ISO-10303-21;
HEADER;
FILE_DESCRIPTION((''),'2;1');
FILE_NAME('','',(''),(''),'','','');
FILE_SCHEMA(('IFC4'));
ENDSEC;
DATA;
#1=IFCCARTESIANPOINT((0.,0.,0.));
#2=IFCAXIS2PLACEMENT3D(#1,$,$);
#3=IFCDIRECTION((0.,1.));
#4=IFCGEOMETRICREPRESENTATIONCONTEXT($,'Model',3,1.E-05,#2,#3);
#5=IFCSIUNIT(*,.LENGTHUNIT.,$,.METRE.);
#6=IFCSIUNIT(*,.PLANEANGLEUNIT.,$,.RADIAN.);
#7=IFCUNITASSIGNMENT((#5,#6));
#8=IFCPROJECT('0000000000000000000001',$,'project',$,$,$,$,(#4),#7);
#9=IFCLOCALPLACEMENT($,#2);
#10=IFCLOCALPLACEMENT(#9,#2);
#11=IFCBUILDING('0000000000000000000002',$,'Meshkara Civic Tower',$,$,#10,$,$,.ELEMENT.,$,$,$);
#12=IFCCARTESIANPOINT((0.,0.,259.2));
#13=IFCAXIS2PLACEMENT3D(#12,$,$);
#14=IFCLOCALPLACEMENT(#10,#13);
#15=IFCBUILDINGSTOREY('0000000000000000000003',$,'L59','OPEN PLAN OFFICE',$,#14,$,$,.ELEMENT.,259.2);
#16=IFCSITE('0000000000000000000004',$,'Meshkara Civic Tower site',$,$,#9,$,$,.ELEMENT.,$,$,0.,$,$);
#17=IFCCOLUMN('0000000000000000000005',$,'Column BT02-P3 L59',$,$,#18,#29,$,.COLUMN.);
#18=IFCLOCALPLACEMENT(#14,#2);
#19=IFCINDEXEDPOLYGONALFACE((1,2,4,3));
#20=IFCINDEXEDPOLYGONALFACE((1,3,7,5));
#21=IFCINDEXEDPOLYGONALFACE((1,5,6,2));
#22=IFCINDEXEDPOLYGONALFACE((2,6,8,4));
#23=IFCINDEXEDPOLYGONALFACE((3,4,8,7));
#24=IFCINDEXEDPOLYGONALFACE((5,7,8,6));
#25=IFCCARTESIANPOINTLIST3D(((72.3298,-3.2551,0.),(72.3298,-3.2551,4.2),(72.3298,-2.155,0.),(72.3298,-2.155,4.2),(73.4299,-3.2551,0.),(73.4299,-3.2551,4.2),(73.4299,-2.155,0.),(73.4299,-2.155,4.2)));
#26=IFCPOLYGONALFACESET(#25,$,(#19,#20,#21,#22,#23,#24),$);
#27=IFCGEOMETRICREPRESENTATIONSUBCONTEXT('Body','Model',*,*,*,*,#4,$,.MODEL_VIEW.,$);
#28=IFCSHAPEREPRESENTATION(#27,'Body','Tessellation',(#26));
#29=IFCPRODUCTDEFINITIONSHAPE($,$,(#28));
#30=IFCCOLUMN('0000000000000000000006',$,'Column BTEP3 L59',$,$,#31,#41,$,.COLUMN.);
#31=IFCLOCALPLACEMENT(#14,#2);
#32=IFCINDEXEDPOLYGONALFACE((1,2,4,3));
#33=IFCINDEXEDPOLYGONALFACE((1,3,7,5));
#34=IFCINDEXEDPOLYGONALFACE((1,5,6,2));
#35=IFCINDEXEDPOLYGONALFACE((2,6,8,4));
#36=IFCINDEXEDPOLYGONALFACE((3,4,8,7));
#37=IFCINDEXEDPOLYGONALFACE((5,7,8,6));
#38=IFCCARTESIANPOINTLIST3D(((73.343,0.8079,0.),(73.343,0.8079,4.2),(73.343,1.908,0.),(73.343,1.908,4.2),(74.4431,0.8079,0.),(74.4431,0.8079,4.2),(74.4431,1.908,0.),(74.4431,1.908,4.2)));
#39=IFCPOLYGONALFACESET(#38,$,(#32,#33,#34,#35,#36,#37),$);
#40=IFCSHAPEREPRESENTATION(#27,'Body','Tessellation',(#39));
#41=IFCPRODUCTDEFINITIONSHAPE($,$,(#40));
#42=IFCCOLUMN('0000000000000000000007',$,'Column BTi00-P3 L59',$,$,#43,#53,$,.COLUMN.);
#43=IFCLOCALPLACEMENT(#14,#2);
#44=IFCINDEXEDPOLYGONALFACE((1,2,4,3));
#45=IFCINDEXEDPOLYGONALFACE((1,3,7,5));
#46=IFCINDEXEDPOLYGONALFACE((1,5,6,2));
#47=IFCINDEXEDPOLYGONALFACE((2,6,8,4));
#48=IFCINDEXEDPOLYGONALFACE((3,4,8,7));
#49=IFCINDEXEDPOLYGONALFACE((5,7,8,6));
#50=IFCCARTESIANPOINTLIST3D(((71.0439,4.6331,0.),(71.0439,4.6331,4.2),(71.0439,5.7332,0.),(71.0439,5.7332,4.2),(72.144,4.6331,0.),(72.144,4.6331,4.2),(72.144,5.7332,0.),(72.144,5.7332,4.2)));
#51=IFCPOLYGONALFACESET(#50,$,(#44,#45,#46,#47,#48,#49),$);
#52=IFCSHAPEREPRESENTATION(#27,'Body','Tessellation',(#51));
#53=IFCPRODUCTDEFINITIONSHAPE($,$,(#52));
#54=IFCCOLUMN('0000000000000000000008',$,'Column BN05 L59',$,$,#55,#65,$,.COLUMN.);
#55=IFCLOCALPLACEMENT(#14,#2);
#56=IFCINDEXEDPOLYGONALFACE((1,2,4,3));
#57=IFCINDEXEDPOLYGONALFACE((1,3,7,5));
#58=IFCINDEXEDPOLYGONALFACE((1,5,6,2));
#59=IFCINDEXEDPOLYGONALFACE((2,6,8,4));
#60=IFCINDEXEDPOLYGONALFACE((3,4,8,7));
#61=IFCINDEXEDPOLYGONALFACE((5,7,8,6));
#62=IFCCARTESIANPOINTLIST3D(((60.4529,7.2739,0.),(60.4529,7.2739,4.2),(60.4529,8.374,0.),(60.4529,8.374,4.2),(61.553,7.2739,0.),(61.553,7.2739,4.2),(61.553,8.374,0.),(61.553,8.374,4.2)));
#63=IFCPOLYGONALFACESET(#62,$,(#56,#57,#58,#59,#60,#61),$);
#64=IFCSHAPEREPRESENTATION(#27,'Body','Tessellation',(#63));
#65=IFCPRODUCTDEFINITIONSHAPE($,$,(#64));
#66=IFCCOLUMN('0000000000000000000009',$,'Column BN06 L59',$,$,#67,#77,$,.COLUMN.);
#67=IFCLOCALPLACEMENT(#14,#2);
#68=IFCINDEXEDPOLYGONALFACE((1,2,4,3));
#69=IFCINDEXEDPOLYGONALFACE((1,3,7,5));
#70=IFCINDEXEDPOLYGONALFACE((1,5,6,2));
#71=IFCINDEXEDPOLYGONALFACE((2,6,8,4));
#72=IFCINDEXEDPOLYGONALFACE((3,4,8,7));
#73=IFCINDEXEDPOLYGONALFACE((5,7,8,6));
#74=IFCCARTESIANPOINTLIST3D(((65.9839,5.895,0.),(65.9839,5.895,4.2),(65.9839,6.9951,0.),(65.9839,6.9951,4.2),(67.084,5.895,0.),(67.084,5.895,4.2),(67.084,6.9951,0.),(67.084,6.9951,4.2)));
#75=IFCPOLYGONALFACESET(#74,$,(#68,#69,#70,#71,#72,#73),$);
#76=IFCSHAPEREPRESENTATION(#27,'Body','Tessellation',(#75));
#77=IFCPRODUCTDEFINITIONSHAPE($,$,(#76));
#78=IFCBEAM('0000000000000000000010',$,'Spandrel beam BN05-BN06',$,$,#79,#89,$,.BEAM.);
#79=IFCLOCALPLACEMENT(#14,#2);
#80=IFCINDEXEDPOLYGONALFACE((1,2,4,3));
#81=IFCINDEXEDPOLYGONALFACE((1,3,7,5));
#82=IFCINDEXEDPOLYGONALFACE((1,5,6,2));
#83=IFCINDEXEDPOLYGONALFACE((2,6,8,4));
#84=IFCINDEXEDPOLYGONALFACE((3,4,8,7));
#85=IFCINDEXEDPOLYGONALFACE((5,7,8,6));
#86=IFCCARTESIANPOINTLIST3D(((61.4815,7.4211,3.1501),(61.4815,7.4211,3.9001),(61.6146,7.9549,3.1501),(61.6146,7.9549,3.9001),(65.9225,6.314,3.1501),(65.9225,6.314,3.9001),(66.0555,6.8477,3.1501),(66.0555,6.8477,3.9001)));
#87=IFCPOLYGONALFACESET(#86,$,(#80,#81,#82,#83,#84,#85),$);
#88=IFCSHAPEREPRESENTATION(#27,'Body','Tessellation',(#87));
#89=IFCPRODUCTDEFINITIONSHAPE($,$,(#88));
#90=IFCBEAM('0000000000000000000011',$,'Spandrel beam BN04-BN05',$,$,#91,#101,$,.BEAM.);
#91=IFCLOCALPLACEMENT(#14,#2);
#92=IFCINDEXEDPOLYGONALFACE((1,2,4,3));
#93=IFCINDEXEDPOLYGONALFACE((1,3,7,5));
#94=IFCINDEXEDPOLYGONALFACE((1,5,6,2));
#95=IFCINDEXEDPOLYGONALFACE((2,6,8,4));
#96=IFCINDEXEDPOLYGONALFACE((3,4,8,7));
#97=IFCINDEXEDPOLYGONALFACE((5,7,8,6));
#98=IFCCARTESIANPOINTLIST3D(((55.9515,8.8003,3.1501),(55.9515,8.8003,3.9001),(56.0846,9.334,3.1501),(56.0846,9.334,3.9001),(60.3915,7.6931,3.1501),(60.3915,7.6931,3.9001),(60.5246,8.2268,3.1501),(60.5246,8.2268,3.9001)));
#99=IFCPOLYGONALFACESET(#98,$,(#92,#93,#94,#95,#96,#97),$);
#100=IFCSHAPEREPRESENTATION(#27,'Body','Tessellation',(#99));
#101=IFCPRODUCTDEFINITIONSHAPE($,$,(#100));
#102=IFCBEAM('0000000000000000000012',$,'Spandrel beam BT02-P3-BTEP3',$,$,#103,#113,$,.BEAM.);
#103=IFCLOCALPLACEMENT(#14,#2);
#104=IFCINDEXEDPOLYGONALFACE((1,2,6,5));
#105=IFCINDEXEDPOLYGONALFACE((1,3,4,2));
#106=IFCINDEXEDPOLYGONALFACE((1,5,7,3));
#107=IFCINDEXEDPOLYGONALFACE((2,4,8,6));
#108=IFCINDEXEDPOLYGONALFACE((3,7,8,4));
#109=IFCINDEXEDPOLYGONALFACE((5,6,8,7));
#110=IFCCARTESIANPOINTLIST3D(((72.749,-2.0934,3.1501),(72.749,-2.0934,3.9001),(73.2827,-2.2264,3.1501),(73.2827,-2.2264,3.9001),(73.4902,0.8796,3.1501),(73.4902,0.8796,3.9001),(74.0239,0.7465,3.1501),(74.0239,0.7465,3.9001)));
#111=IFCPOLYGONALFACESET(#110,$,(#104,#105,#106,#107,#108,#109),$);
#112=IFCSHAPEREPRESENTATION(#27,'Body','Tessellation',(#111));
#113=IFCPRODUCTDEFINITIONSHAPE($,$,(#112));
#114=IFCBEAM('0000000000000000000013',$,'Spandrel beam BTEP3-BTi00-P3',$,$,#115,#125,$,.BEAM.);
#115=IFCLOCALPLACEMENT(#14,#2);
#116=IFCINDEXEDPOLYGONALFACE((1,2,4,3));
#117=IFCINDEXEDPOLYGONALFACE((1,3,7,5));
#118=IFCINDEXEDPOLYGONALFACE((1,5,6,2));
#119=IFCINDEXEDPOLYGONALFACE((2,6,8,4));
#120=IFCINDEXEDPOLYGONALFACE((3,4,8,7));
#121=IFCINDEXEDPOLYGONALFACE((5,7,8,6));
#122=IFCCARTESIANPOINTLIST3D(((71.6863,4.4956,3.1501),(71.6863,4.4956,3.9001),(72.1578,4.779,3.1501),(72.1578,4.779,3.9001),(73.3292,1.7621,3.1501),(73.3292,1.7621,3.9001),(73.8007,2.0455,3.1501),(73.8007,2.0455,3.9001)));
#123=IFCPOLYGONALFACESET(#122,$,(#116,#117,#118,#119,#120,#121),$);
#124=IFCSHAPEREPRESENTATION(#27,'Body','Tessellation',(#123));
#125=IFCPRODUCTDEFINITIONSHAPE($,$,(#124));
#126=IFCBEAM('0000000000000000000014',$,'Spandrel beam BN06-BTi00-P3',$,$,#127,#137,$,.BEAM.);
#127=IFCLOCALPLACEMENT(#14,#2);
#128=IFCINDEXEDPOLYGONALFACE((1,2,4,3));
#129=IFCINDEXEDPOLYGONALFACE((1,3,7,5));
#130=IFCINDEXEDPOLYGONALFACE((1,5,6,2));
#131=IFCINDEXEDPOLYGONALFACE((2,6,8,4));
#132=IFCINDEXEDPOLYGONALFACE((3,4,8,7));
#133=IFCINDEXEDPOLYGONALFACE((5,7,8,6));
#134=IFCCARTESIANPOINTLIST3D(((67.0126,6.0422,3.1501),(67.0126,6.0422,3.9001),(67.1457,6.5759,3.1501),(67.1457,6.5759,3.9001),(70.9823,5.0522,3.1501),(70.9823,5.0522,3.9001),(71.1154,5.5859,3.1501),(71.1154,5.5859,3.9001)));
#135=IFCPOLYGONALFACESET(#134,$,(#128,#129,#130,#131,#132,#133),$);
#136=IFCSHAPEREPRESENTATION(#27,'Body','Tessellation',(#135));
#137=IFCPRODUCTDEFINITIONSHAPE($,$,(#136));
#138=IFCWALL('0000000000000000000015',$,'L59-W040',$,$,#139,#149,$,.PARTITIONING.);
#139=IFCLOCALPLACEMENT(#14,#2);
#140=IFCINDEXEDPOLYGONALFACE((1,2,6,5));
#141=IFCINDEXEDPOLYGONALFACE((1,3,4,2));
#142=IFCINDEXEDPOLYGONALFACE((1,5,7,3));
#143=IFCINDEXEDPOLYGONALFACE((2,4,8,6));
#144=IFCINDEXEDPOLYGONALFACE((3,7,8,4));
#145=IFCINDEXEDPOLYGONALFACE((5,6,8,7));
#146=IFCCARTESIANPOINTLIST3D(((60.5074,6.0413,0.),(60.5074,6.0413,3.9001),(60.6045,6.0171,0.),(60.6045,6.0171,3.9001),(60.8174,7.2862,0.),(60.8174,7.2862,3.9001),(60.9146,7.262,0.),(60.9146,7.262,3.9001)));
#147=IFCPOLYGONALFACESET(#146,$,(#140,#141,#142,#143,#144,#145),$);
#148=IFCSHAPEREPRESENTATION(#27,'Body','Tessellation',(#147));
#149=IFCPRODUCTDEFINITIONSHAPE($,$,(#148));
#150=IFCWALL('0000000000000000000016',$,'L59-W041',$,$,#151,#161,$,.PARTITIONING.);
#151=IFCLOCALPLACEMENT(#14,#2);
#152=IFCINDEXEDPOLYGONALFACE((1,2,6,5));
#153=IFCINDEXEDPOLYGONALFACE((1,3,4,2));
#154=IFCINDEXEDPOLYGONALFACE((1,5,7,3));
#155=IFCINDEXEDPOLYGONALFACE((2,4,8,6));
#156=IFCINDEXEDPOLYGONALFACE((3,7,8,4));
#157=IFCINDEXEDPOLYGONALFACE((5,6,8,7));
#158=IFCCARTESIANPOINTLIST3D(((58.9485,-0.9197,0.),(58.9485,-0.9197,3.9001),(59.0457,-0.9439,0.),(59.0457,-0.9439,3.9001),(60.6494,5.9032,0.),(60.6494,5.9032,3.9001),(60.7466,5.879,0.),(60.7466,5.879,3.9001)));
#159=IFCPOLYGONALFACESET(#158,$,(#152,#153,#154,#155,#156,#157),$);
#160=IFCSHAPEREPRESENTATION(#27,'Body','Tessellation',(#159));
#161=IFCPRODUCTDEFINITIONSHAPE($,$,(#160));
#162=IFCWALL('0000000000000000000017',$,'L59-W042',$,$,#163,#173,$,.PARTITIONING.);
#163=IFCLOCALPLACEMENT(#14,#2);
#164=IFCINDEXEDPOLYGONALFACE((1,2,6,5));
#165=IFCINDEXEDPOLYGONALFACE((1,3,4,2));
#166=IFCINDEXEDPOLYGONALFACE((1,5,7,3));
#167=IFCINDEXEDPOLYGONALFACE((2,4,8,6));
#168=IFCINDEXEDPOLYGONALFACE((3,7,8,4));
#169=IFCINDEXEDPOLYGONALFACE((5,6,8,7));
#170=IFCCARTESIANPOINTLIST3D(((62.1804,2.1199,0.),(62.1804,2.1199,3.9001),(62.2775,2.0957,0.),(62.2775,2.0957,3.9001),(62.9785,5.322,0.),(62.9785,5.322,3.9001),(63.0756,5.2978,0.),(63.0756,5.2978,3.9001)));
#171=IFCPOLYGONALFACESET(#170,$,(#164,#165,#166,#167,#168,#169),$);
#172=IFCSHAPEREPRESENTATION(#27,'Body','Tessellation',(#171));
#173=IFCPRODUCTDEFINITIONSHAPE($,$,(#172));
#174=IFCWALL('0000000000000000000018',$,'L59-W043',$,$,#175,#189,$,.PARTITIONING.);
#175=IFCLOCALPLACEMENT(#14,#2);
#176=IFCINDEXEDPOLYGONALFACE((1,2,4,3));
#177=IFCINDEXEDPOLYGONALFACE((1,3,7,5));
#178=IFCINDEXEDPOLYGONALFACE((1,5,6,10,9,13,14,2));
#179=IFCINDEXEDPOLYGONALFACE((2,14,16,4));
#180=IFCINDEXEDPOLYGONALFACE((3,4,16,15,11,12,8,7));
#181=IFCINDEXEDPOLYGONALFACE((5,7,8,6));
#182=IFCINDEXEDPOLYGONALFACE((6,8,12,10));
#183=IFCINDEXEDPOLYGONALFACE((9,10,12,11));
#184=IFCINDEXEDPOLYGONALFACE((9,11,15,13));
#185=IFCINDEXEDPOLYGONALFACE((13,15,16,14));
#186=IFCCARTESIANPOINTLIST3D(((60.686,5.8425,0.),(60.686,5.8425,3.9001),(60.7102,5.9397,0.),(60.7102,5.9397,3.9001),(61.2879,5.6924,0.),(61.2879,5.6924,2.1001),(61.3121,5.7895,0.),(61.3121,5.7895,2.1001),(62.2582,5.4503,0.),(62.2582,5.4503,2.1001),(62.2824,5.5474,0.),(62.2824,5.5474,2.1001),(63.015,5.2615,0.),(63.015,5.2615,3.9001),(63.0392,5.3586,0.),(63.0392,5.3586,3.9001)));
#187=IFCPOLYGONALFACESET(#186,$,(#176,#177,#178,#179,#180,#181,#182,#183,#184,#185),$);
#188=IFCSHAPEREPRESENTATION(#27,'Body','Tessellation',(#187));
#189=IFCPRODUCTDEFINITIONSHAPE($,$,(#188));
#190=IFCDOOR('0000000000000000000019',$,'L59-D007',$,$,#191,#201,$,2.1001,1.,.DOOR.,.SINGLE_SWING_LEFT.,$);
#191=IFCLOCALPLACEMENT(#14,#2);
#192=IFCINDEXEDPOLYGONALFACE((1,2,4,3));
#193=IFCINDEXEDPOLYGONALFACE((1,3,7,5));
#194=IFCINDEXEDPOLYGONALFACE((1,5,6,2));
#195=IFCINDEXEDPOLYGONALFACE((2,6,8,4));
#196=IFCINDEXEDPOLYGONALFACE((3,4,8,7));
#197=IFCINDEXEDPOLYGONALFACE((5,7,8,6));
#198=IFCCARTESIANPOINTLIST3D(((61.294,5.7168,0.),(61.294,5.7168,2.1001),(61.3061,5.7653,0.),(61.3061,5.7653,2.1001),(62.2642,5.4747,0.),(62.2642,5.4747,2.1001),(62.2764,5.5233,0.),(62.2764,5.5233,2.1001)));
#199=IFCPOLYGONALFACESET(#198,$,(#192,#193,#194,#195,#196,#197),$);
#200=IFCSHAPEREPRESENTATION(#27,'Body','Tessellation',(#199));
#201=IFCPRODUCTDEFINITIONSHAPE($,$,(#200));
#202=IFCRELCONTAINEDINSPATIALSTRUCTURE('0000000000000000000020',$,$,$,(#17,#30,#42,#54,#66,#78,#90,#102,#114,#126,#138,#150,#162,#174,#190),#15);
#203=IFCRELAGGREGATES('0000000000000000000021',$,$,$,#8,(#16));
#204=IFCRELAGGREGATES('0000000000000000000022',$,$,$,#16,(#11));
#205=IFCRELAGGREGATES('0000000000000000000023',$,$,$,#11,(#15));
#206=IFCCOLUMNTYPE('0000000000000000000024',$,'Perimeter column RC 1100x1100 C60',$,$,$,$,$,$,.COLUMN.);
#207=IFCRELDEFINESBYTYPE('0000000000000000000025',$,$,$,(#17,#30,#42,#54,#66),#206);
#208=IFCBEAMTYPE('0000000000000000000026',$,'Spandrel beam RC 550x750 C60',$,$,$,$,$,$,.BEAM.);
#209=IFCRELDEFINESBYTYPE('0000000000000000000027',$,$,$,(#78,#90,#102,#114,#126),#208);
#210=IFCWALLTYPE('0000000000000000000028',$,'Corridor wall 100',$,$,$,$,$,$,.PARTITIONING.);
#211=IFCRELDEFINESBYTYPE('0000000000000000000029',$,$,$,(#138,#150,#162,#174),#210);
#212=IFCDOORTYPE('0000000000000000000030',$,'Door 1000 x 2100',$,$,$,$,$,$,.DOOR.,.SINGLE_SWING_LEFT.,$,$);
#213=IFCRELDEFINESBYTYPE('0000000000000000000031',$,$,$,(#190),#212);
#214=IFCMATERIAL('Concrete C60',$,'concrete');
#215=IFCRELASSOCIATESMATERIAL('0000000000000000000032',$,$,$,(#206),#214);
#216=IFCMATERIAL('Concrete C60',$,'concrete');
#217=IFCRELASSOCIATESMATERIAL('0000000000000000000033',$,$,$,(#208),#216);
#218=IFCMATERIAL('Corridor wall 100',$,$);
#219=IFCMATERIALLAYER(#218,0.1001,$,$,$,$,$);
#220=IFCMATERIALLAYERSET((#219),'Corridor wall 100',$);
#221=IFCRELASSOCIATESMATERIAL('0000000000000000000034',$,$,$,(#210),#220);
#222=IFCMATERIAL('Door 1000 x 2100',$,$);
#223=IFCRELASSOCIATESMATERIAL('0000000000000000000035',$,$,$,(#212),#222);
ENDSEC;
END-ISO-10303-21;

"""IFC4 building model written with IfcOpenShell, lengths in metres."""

from ifc_helpers import new_model, si_unit, direction, frame, frame_2d, origin, origin_2d, place, context, subcontext, project, spatial, rectangle, extrude, material, layer, layer_set, material_profile, profile_set, type_object, element, fill, save


model = new_model("IFC4")

# Units and contexts
model_context = context("Model", 3, precision=1e-05, world=origin(), true_north=direction((0.0, 1.0)))
body_context = subcontext(model_context, "Body", "Model", "MODEL_VIEW")
ifc_project = project(units=[si_unit("LENGTHUNIT", "METRE"), si_unit("PLANEANGLEUNIT", "RADIAN")], contexts=[model_context])

# Site, building, storey
site_placement = place(None, origin())
site = spatial("IfcSite", under=ifc_project, at=site_placement, Name="Meshkara Civic Tower site", CompositionType="ELEMENT", RefElevation=0.0)
building_placement = place(site_placement, origin())
building = spatial("IfcBuilding", under=site, at=building_placement, Name="Meshkara Civic Tower", CompositionType="ELEMENT")
storey_placement = place(building_placement, frame((0.0, 0.0, 259.2)))
storey = spatial("IfcBuildingStorey", under=building, at=storey_placement, Name="L59", Description="OPEN PLAN OFFICE", CompositionType="ELEMENT", Elevation=259.2)

# Columns
ifc_material_1 = material(Name="Concrete C60", Category="concrete")
ifc_material_profile_1 = material_profile(ifc_material_1, rectangle(XDim=1.1001, YDim=1.1001, at=origin_2d()))
ifc_profile_set_1 = profile_set([ifc_material_profile_1], Name="Concrete C60")
column_type = type_object("IfcColumnType", Name="Perimeter column RC 1100x1100 C60", PredefinedType="COLUMN", material=ifc_profile_set_1)
for number, where, z_axis, x_axis, name in (
    (1, (72.8799, -2.7051, 0.0), (0.0, 0.0, 1.0), (1.0, 0.0, 0.0), "Column BT02-P3 L59"),
    (2, (73.8931, 1.3579, 0.0), (0.0, 0.0, 1.0), (1.0, 0.0, 0.0), "Column BTEP3 L59"),
    (3, (71.594, 5.1831, 0.0), (0.0, 0.0, 1.0), (1.0, 0.0, 0.0), "Column BTi00-P3 L59"),
    (4, (61.0029, 7.824, 0.0), (0.0, 0.0, 1.0), (1.0, 0.0, 0.0), "Column BN05 L59"),
    (5, (66.5339, 6.4451, 0.0), (0.0, 0.0, 1.0), (1.0, 0.0, 0.0), "Column BN06 L59"),
):
    element("IfcColumn", number, at=place(storey_placement, frame(where, z_axis=z_axis, x_axis=x_axis)), inside=storey, type_object=column_type, Name=name, PredefinedType="COLUMN", context=body_context, shape_type="SweptSolid", body=[
        extrude(rectangle(XDim=1.1001, YDim=1.1001, at=origin_2d()), origin(), (0.0, 0.0, 1.0), 4.2),
    ])

# Beams
ifc_material_2 = material(Name="Concrete C60", Category="concrete")
ifc_material_profile_2 = material_profile(ifc_material_2, rectangle(XDim=0.55, YDim=0.75, at=origin_2d()))
ifc_profile_set_2 = profile_set([ifc_material_profile_2], Name="Concrete C60")
beam_type = type_object("IfcBeamType", Name="Spandrel beam RC 550x750 C60", PredefinedType="BEAM", material=ifc_profile_set_2)
beam_1_placement = place(storey_placement, frame((65.989, 6.5808, 3.5251), z_axis=(-0.970299, 0.241908, 0.0), x_axis=(-0.241908, -0.970299, 0.0)))
element("IfcBeam", 6, at=beam_1_placement, inside=storey, type_object=beam_type, Name="Spandrel beam BN05-BN06", PredefinedType="BEAM", context=body_context, shape_type="SweptSolid", body=[
    extrude(rectangle(XDim=0.55, YDim=0.75, at=origin_2d()), origin(), (0.0, 0.0, 1.0), 4.5769),
])
beam_2_placement = place(storey_placement, frame((60.458, 7.96, 3.5251), z_axis=(-0.970287, 0.241958, 0.0), x_axis=(-0.241958, -0.970287, 0.0)))
element("IfcBeam", 7, at=beam_2_placement, inside=storey, type_object=beam_type, Name="Spandrel beam BN04-BN05", PredefinedType="BEAM", context=body_context, shape_type="SweptSolid", body=[
    extrude(rectangle(XDim=0.55, YDim=0.75, at=origin_2d()), origin(), (0.0, 0.0, 1.0), 4.5759),
])
beam_3_placement = place(storey_placement, frame((73.0159, -2.1599, 3.5251), z_axis=(0.241917, 0.970297, 0.0), x_axis=(-0.970297, 0.241917, 0.0)))
element("IfcBeam", 8, at=beam_3_placement, inside=storey, type_object=beam_type, Name="Spandrel beam BT02-P3-BTEP3", PredefinedType="BEAM", context=body_context, shape_type="SweptSolid", body=[
    extrude(rectangle(XDim=0.55, YDim=0.75, at=origin_2d()), origin(), (0.0, 0.0, 1.0), 3.064),
])
beam_4_placement = place(storey_placement, frame((73.5649, 1.9038, 3.5251), z_axis=(-0.515137, 0.857108, 0.0), x_axis=(-0.857108, -0.515137, 0.0)))
element("IfcBeam", 9, at=beam_4_placement, inside=storey, type_object=beam_type, Name="Spandrel beam BTEP3-BTi00-P3", PredefinedType="BEAM", context=body_context, shape_type="SweptSolid", body=[
    extrude(rectangle(XDim=0.55, YDim=0.75, at=origin_2d()), origin(), (0.0, 0.0, 1.0), 3.1892),
])
beam_5_placement = place(storey_placement, frame((71.0488, 5.3191, 3.5251), z_axis=(-0.970283, 0.241974, 0.0), x_axis=(-0.241974, -0.970283, 0.0)))
element("IfcBeam", 10, at=beam_5_placement, inside=storey, type_object=beam_type, Name="Spandrel beam BN06-BTi00-P3", PredefinedType="BEAM", context=body_context, shape_type="SweptSolid", body=[
    extrude(rectangle(XDim=0.55, YDim=0.75, at=origin_2d()), origin(), (0.0, 0.0, 1.0), 4.0913),
])

# Walls
ifc_material_3 = material(Name="Corridor wall 100")
ifc_layer_1 = layer(ifc_material_3, 0.1001)
ifc_layer_set_1 = layer_set([ifc_layer_1], Name="Corridor wall 100")
wall_type_1 = type_object("IfcWallType", Name="Corridor wall 100", PredefinedType="PARTITIONING", material=ifc_layer_set_1)
wall_1_placement = place(storey_placement, frame((60.5559, 6.0291, 0.0), z_axis=(0.0, 0.0, 1.0), x_axis=(0.241685, 0.970355, 0.0)))
element("IfcWall", 11, at=wall_1_placement, inside=storey, type_object=wall_type_1, Name="L59-W040", PredefinedType="PARTITIONING", context=body_context, shape_type="SweptSolid", body=[
    extrude(rectangle(XDim=1.283, YDim=0.1001, at=frame_2d((0.6416, 0.0))), origin(), (0.0, 0.0, 1.0), 3.9001),
])
wall_2_placement = place(storey_placement, frame((60.698, 5.8911, 0.0), z_axis=(0.0, 0.0, 1.0), x_axis=(-0.24189, -0.970304, 0.0)))
element("IfcWall", 12, at=wall_2_placement, inside=storey, type_object=wall_type_1, Name="L59-W041", PredefinedType="PARTITIONING", context=body_context, shape_type="SweptSolid", body=[
    extrude(rectangle(XDim=7.0317, YDim=0.1001, at=frame_2d((3.5159, 0.0))), origin(), (0.0, 0.0, 1.0), 3.9001),
])
wall_3_placement = place(storey_placement, frame((62.229, 2.1079, 0.0), z_axis=(0.0, 0.0, 1.0), x_axis=(0.241839, 0.970316, 0.0)))
element("IfcWall", 13, at=wall_3_placement, inside=storey, type_object=wall_type_1, Name="L59-W042", PredefinedType="PARTITIONING", context=body_context, shape_type="SweptSolid", body=[
    extrude(rectangle(XDim=3.3, YDim=0.1001, at=frame_2d((1.6499, 0.0))), origin(), (0.0, 0.0, 1.0), 3.9001),
])

# Wall, opening, door
wall_4_placement = place(storey_placement, frame((63.0271, 5.3101, 0.0), z_axis=(0.0, 0.0, 1.0), x_axis=(-0.970262, 0.242057, 0.0)))
wall_4 = element("IfcWall", 14, at=wall_4_placement, inside=storey, type_object=wall_type_1, Name="L59-W043", PredefinedType="PARTITIONING", context=body_context, shape_type="SweptSolid", body=[
    extrude(rectangle(XDim=2.4004, YDim=0.1001, at=frame_2d((1.2002, 0.0))), origin(), (0.0, 0.0, 1.0), 3.9001),
])
opening_1_placement = place(wall_4_placement, frame((0.78, 0.0, 0.0)))
opening_1 = element("IfcOpeningElement", 15, at=opening_1_placement, cuts=wall_4, PredefinedType="OPENING", context=body_context, shape_type="SweptSolid", body=[
    extrude(rectangle(XDim=1.0, YDim=2.1001, at=frame_2d((0.5, 1.05))), frame((0.0, 0.0601, 0.0), z_axis=(0.0, -1.0, 0.0), x_axis=(1.0, 0.0, 0.0)), (0.0, 0.0, 1.0), 0.1201),
])
ifc_material_4 = material(Name="Door 1000 x 2100")
door_type = type_object("IfcDoorType", Name="Door 1000 x 2100", OperationType="SINGLE_SWING_LEFT", PredefinedType="DOOR", material=ifc_material_4)
door_placement = place(opening_1_placement, origin())
door = element("IfcDoor", 16, at=door_placement, inside=storey, type_object=door_type, Name="L59-D007", OperationType="SINGLE_SWING_LEFT", OverallHeight=2.1001, OverallWidth=1.0, PredefinedType="DOOR", context=body_context, shape_type="SweptSolid", body=[
    extrude(rectangle(XDim=1.0, YDim=2.1001, at=frame_2d((0.5, 1.05))), frame((0.0, 0.0249, 0.0), z_axis=(0.0, -1.0, 0.0), x_axis=(1.0, 0.0, 0.0)), (0.0, 0.0, 1.0), 0.05),
])
fill(opening_1, door)

save(model, "model.ifc")
